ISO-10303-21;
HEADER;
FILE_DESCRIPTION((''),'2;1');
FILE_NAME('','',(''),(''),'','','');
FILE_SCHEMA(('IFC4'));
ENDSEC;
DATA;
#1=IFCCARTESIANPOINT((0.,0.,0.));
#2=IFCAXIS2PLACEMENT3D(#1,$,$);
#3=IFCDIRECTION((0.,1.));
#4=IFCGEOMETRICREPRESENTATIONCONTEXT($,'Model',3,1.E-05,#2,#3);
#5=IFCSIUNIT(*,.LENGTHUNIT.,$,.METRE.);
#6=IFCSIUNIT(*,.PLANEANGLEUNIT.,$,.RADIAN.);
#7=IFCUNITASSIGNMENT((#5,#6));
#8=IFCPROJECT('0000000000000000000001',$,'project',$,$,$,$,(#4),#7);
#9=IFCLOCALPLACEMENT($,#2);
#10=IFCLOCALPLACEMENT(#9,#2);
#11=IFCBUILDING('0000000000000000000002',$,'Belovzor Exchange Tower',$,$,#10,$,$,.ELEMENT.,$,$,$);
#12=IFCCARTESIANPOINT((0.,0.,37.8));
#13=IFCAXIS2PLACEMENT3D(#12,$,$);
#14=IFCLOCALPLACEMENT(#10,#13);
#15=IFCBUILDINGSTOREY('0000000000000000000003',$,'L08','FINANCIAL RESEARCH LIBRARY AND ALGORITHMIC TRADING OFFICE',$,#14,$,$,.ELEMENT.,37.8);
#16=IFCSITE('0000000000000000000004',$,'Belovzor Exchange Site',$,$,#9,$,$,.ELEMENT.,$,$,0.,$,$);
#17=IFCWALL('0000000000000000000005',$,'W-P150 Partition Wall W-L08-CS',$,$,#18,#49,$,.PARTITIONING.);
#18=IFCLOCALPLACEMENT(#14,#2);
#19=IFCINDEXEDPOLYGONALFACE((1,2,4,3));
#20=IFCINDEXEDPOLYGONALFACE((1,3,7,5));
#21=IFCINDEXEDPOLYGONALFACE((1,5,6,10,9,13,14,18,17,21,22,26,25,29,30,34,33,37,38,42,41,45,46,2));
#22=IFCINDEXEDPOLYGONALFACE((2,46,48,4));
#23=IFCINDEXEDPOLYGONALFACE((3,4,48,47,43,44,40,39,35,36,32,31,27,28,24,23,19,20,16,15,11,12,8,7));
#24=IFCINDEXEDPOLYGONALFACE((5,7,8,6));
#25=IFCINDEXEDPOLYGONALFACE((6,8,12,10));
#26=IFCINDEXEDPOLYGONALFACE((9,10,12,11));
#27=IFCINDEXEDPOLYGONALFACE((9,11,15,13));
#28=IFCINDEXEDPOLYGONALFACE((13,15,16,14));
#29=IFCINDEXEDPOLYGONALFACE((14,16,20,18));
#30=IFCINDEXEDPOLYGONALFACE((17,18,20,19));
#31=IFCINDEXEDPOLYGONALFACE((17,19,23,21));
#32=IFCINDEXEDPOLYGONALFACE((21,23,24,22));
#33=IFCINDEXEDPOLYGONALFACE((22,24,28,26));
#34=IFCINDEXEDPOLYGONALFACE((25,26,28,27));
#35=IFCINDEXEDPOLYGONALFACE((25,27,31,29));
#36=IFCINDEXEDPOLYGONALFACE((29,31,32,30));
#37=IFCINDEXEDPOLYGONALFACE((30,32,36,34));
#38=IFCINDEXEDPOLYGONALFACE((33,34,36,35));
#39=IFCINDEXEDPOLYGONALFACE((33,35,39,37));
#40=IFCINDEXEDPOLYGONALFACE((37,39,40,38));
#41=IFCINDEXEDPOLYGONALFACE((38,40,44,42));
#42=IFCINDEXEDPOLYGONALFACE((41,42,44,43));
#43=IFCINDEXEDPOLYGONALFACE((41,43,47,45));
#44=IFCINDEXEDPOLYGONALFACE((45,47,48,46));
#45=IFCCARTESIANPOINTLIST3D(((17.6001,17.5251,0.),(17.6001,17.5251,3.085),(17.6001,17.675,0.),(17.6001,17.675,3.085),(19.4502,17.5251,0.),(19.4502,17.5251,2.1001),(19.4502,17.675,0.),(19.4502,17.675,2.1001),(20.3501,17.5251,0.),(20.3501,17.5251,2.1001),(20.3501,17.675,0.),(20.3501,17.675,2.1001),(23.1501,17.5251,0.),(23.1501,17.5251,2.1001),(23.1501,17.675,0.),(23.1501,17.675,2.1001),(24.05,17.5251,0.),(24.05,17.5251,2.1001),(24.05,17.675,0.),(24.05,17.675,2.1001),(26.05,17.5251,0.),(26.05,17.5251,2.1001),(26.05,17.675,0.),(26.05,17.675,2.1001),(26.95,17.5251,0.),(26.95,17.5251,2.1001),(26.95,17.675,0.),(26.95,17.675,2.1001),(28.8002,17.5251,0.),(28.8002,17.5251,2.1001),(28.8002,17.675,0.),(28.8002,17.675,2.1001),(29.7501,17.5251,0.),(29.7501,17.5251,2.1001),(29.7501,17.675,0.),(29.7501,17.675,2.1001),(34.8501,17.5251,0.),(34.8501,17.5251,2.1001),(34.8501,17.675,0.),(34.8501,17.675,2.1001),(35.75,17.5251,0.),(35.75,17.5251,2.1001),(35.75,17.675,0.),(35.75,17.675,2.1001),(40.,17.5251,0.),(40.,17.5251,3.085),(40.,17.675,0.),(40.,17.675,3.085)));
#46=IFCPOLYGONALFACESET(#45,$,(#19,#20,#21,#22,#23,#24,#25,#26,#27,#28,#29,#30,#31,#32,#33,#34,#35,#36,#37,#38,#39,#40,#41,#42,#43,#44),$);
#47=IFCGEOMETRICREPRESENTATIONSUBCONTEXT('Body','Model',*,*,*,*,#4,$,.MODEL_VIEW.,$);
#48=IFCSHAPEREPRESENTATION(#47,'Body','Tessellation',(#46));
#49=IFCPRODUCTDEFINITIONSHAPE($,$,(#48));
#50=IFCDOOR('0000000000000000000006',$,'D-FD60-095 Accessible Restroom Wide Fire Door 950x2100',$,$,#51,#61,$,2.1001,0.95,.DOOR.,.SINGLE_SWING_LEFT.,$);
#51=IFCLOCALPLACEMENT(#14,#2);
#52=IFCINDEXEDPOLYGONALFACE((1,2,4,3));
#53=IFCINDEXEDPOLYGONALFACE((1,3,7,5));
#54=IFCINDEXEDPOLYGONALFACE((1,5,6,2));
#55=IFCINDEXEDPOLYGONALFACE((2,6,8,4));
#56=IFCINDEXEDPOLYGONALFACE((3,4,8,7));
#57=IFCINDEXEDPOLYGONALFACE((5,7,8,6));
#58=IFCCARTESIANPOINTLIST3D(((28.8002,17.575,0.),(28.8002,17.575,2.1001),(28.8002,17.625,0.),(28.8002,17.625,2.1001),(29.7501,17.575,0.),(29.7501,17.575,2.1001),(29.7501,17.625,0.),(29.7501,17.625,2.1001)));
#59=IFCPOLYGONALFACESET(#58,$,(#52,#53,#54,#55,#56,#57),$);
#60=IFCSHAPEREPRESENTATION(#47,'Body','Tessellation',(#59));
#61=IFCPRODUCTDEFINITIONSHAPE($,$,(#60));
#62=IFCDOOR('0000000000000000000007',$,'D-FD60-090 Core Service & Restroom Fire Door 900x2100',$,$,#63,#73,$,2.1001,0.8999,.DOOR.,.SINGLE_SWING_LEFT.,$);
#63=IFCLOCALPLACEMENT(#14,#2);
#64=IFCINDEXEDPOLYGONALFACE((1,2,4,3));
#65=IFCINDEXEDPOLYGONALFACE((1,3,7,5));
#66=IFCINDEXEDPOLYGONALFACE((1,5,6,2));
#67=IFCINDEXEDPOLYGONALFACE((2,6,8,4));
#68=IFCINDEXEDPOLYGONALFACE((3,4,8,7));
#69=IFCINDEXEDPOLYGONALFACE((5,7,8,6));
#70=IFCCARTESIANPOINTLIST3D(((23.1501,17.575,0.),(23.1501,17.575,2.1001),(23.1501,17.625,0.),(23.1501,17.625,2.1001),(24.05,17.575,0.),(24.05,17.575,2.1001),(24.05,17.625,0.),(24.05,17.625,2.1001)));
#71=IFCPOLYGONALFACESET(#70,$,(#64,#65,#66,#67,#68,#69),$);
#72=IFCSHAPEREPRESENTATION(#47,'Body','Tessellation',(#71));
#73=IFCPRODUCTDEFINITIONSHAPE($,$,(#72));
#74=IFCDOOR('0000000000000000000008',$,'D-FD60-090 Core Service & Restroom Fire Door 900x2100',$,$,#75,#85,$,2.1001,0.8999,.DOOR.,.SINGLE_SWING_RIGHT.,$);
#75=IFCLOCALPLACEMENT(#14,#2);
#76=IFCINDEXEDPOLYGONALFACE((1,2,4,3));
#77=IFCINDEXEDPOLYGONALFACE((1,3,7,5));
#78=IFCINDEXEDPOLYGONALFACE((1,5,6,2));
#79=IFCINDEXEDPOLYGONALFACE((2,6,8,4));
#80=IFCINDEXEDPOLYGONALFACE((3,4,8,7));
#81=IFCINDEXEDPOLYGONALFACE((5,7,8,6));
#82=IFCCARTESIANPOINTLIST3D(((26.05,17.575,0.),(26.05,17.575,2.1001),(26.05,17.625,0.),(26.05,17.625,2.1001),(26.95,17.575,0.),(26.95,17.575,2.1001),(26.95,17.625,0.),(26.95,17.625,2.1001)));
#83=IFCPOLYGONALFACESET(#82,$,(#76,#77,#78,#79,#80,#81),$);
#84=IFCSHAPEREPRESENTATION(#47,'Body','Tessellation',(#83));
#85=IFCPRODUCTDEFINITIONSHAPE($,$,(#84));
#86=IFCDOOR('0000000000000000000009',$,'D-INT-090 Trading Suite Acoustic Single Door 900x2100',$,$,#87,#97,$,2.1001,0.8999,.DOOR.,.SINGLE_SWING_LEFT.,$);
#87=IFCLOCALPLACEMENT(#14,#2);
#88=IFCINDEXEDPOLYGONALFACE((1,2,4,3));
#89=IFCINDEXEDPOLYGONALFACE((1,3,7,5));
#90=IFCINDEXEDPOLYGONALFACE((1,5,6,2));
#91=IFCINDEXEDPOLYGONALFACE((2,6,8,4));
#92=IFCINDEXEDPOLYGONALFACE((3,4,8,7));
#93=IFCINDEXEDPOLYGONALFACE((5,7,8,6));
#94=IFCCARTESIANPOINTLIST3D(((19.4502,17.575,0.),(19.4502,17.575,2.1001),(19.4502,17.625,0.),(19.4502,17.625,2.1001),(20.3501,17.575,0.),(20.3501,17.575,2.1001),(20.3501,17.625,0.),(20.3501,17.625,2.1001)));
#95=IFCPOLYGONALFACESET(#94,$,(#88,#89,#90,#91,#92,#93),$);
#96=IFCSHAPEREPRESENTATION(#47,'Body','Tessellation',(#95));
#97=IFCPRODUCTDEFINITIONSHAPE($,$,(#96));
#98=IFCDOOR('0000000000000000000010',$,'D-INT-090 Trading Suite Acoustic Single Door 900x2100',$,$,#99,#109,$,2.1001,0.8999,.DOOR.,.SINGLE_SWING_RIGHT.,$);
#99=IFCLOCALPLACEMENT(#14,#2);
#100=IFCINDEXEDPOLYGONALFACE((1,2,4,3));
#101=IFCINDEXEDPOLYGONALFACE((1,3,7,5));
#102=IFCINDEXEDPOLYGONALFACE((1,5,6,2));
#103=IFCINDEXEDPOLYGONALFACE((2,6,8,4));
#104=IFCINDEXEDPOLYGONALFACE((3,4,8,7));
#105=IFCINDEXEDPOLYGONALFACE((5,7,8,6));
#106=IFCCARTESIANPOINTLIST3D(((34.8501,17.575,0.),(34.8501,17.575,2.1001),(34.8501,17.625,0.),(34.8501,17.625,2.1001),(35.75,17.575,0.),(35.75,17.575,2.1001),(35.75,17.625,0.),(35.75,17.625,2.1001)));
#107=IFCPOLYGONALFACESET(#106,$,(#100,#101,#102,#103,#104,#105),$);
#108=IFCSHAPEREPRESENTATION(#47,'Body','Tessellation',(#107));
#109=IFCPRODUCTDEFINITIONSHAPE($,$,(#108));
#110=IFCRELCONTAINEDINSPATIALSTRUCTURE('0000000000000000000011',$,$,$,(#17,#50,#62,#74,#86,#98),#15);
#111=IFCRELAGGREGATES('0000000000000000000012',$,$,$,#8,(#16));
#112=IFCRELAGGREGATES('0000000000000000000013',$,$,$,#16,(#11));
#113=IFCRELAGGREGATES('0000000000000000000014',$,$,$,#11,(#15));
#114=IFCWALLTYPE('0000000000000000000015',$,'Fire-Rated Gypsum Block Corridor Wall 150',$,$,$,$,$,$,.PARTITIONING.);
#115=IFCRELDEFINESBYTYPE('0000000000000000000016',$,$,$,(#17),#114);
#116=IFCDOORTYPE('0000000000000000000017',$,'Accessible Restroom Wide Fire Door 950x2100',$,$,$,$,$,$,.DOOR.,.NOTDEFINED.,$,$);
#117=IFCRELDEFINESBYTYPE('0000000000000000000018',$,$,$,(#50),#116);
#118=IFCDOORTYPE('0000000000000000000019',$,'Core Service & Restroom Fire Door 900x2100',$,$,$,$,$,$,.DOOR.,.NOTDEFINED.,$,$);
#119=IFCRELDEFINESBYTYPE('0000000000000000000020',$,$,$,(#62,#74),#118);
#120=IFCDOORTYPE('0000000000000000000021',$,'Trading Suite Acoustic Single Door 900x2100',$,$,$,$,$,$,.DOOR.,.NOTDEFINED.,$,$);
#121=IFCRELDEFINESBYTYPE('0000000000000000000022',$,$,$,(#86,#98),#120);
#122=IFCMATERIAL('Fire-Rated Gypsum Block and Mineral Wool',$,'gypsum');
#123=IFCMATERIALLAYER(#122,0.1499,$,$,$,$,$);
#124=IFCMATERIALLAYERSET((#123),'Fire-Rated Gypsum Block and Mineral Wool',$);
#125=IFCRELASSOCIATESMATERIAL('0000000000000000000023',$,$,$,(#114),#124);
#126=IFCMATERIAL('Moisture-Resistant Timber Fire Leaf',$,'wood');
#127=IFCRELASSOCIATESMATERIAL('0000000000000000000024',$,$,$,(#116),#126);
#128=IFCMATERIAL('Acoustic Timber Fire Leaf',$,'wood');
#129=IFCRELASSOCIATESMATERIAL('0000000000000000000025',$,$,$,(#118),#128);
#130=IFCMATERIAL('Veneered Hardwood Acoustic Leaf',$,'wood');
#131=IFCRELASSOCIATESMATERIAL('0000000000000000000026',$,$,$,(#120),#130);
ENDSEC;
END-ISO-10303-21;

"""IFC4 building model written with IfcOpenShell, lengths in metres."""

from ifc_helpers import new_model, si_unit, direction, frame, frame_2d, origin, place, context, subcontext, project, spatial, rectangle, extrude, material, layer, layer_set, type_object, element, fill, save


model = new_model("IFC4")

# Units and contexts
model_context = context("Model", 3, precision=1e-05, world=origin(), true_north=direction((0.0, 1.0)))
body_context = subcontext(model_context, "Body", "Model", "MODEL_VIEW")
ifc_project = project(units=[si_unit("LENGTHUNIT", "METRE"), si_unit("PLANEANGLEUNIT", "RADIAN")], contexts=[model_context])

# Site, building, storey
site_placement = place(None, origin())
site = spatial("IfcSite", under=ifc_project, at=site_placement, Name="Belovzor Exchange Site", CompositionType="ELEMENT", RefElevation=0.0)
building_placement = place(site_placement, origin())
building = spatial("IfcBuilding", under=site, at=building_placement, Name="Belovzor Exchange Tower", CompositionType="ELEMENT")
storey_placement = place(building_placement, frame((0.0, 0.0, 37.8)))
storey = spatial("IfcBuildingStorey", under=building, at=storey_placement, Name="L08", Description="FINANCIAL RESEARCH LIBRARY AND ALGORITHMIC TRADING OFFICE", CompositionType="ELEMENT", Elevation=37.8)

# Wall, openings, doors
ifc_material_1 = material(Name="Fire-Rated Gypsum Block and Mineral Wool", Category="gypsum")
ifc_layer_1 = layer(ifc_material_1, 0.1499)
ifc_layer_set_1 = layer_set([ifc_layer_1], Name="Fire-Rated Gypsum Block and Mineral Wool")
wall_type_1 = type_object("IfcWallType", Name="Fire-Rated Gypsum Block Corridor Wall 150", PredefinedType="PARTITIONING", material=ifc_layer_set_1)
wall_1_placement = place(storey_placement, frame((17.6001, 17.6001, 0.0), z_axis=(0.0, 0.0, 1.0), x_axis=(1.0, 0.0, 0.0)))
wall_1 = element("IfcWall", 1, at=wall_1_placement, inside=storey, type_object=wall_type_1, Name="W-P150 Partition Wall W-L08-CS", PredefinedType="PARTITIONING", context=body_context, shape_type="SweptSolid", body=[
    extrude(rectangle(XDim=22.3999, YDim=0.1499, at=frame_2d((11.2, 0.0))), origin(), (0.0, 0.0, 1.0), 3.085),
])
opening_1_placement = place(wall_1_placement, frame((1.8501, 0.0, 0.0)))
opening_1 = element("IfcOpeningElement", 2, at=opening_1_placement, cuts=wall_1, PredefinedType="OPENING", context=body_context, shape_type="SweptSolid", body=[
    extrude(rectangle(XDim=0.8999, YDim=2.1001, at=frame_2d((0.45, 1.05))), frame((0.0, 0.085, 0.0), z_axis=(0.0, -1.0, 0.0), x_axis=(1.0, 0.0, 0.0)), (0.0, 0.0, 1.0), 0.1699),
])
opening_2_placement = place(wall_1_placement, frame((5.55, 0.0, 0.0)))
opening_2 = element("IfcOpeningElement", 3, at=opening_2_placement, cuts=wall_1, PredefinedType="OPENING", context=body_context, shape_type="SweptSolid", body=[
    extrude(rectangle(XDim=0.8999, YDim=2.1001, at=frame_2d((0.45, 1.05))), frame((0.0, 0.085, 0.0), z_axis=(0.0, -1.0, 0.0), x_axis=(1.0, 0.0, 0.0)), (0.0, 0.0, 1.0), 0.1699),
])
opening_3_placement = place(wall_1_placement, frame((8.45, 0.0, 0.0)))
opening_3 = element("IfcOpeningElement", 4, at=opening_3_placement, cuts=wall_1, PredefinedType="OPENING", context=body_context, shape_type="SweptSolid", body=[
    extrude(rectangle(XDim=0.8999, YDim=2.1001, at=frame_2d((0.45, 1.05))), frame((0.0, 0.085, 0.0), z_axis=(0.0, -1.0, 0.0), x_axis=(1.0, 0.0, 0.0)), (0.0, 0.0, 1.0), 0.1699),
])
opening_4_placement = place(wall_1_placement, frame((11.2, 0.0, 0.0)))
opening_4 = element("IfcOpeningElement", 5, at=opening_4_placement, cuts=wall_1, PredefinedType="OPENING", context=body_context, shape_type="SweptSolid", body=[
    extrude(rectangle(XDim=0.95, YDim=2.1001, at=frame_2d((0.4751, 1.05))), frame((0.0, 0.085, 0.0), z_axis=(0.0, -1.0, 0.0), x_axis=(1.0, 0.0, 0.0)), (0.0, 0.0, 1.0), 0.1699),
])
opening_5_placement = place(wall_1_placement, frame((17.25, 0.0, 0.0)))
opening_5 = element("IfcOpeningElement", 6, at=opening_5_placement, cuts=wall_1, PredefinedType="OPENING", context=body_context, shape_type="SweptSolid", body=[
    extrude(rectangle(XDim=0.8999, YDim=2.1001, at=frame_2d((0.45, 1.05))), frame((0.0, 0.085, 0.0), z_axis=(0.0, -1.0, 0.0), x_axis=(1.0, 0.0, 0.0)), (0.0, 0.0, 1.0), 0.1699),
])
ifc_material_2 = material(Name="Moisture-Resistant Timber Fire Leaf", Category="wood")
door_type_1 = type_object("IfcDoorType", Name="Accessible Restroom Wide Fire Door 950x2100", OperationType="NOTDEFINED", PredefinedType="DOOR", material=ifc_material_2)
door_1_placement = place(opening_4_placement, origin())
door_1 = element("IfcDoor", 7, at=door_1_placement, inside=storey, type_object=door_type_1, Name="D-FD60-095 Accessible Restroom Wide Fire Door 950x2100", OperationType="SINGLE_SWING_LEFT", OverallHeight=2.1001, OverallWidth=0.95, PredefinedType="DOOR", context=body_context, shape_type="SweptSolid", body=[
    extrude(rectangle(XDim=0.95, YDim=2.1001, at=frame_2d((0.4751, 1.05))), frame((0.0, 0.0249, 0.0), z_axis=(0.0, -1.0, 0.0), x_axis=(1.0, 0.0, 0.0)), (0.0, 0.0, 1.0), 0.05),
])
fill(opening_4, door_1)
ifc_material_3 = material(Name="Acoustic Timber Fire Leaf", Category="wood")
door_type_2 = type_object("IfcDoorType", Name="Core Service & Restroom Fire Door 900x2100", OperationType="NOTDEFINED", PredefinedType="DOOR", material=ifc_material_3)
door_2_placement = place(opening_2_placement, origin())
door_2 = element("IfcDoor", 8, at=door_2_placement, inside=storey, type_object=door_type_2, Name="D-FD60-090 Core Service & Restroom Fire Door 900x2100", OperationType="SINGLE_SWING_LEFT", OverallHeight=2.1001, OverallWidth=0.8999, PredefinedType="DOOR", context=body_context, shape_type="SweptSolid", body=[
    extrude(rectangle(XDim=0.8999, YDim=2.1001, at=frame_2d((0.45, 1.05))), frame((0.0, 0.0249, 0.0), z_axis=(0.0, -1.0, 0.0), x_axis=(1.0, 0.0, 0.0)), (0.0, 0.0, 1.0), 0.05),
])
fill(opening_2, door_2)
door_3_placement = place(opening_3_placement, origin())
door_3 = element("IfcDoor", 9, at=door_3_placement, inside=storey, type_object=door_type_2, Name="D-FD60-090 Core Service & Restroom Fire Door 900x2100", OperationType="SINGLE_SWING_RIGHT", OverallHeight=2.1001, OverallWidth=0.8999, PredefinedType="DOOR", context=body_context, shape_type="SweptSolid", body=[
    extrude(rectangle(XDim=0.8999, YDim=2.1001, at=frame_2d((0.45, 1.05))), frame((0.0, 0.0249, 0.0), z_axis=(0.0, -1.0, 0.0), x_axis=(1.0, 0.0, 0.0)), (0.0, 0.0, 1.0), 0.05),
])
fill(opening_3, door_3)
ifc_material_4 = material(Name="Veneered Hardwood Acoustic Leaf", Category="wood")
door_type_3 = type_object("IfcDoorType", Name="Trading Suite Acoustic Single Door 900x2100", OperationType="NOTDEFINED", PredefinedType="DOOR", material=ifc_material_4)
door_4_placement = place(opening_1_placement, origin())
door_4 = element("IfcDoor", 10, at=door_4_placement, inside=storey, type_object=door_type_3, Name="D-INT-090 Trading Suite Acoustic Single Door 900x2100", OperationType="SINGLE_SWING_LEFT", OverallHeight=2.1001, OverallWidth=0.8999, PredefinedType="DOOR", context=body_context, shape_type="SweptSolid", body=[
    extrude(rectangle(XDim=0.8999, YDim=2.1001, at=frame_2d((0.45, 1.05))), frame((0.0, 0.0249, 0.0), z_axis=(0.0, -1.0, 0.0), x_axis=(1.0, 0.0, 0.0)), (0.0, 0.0, 1.0), 0.05),
])
fill(opening_1, door_4)
door_5_placement = place(opening_5_placement, origin())
door_5 = element("IfcDoor", 11, at=door_5_placement, inside=storey, type_object=door_type_3, Name="D-INT-090 Trading Suite Acoustic Single Door 900x2100", OperationType="SINGLE_SWING_RIGHT", OverallHeight=2.1001, OverallWidth=0.8999, PredefinedType="DOOR", context=body_context, shape_type="SweptSolid", body=[
    extrude(rectangle(XDim=0.8999, YDim=2.1001, at=frame_2d((0.45, 1.05))), frame((0.0, 0.0249, 0.0), z_axis=(0.0, -1.0, 0.0), x_axis=(1.0, 0.0, 0.0)), (0.0, 0.0, 1.0), 0.05),
])
fill(opening_5, door_5)

save(model, "model.ifc")
